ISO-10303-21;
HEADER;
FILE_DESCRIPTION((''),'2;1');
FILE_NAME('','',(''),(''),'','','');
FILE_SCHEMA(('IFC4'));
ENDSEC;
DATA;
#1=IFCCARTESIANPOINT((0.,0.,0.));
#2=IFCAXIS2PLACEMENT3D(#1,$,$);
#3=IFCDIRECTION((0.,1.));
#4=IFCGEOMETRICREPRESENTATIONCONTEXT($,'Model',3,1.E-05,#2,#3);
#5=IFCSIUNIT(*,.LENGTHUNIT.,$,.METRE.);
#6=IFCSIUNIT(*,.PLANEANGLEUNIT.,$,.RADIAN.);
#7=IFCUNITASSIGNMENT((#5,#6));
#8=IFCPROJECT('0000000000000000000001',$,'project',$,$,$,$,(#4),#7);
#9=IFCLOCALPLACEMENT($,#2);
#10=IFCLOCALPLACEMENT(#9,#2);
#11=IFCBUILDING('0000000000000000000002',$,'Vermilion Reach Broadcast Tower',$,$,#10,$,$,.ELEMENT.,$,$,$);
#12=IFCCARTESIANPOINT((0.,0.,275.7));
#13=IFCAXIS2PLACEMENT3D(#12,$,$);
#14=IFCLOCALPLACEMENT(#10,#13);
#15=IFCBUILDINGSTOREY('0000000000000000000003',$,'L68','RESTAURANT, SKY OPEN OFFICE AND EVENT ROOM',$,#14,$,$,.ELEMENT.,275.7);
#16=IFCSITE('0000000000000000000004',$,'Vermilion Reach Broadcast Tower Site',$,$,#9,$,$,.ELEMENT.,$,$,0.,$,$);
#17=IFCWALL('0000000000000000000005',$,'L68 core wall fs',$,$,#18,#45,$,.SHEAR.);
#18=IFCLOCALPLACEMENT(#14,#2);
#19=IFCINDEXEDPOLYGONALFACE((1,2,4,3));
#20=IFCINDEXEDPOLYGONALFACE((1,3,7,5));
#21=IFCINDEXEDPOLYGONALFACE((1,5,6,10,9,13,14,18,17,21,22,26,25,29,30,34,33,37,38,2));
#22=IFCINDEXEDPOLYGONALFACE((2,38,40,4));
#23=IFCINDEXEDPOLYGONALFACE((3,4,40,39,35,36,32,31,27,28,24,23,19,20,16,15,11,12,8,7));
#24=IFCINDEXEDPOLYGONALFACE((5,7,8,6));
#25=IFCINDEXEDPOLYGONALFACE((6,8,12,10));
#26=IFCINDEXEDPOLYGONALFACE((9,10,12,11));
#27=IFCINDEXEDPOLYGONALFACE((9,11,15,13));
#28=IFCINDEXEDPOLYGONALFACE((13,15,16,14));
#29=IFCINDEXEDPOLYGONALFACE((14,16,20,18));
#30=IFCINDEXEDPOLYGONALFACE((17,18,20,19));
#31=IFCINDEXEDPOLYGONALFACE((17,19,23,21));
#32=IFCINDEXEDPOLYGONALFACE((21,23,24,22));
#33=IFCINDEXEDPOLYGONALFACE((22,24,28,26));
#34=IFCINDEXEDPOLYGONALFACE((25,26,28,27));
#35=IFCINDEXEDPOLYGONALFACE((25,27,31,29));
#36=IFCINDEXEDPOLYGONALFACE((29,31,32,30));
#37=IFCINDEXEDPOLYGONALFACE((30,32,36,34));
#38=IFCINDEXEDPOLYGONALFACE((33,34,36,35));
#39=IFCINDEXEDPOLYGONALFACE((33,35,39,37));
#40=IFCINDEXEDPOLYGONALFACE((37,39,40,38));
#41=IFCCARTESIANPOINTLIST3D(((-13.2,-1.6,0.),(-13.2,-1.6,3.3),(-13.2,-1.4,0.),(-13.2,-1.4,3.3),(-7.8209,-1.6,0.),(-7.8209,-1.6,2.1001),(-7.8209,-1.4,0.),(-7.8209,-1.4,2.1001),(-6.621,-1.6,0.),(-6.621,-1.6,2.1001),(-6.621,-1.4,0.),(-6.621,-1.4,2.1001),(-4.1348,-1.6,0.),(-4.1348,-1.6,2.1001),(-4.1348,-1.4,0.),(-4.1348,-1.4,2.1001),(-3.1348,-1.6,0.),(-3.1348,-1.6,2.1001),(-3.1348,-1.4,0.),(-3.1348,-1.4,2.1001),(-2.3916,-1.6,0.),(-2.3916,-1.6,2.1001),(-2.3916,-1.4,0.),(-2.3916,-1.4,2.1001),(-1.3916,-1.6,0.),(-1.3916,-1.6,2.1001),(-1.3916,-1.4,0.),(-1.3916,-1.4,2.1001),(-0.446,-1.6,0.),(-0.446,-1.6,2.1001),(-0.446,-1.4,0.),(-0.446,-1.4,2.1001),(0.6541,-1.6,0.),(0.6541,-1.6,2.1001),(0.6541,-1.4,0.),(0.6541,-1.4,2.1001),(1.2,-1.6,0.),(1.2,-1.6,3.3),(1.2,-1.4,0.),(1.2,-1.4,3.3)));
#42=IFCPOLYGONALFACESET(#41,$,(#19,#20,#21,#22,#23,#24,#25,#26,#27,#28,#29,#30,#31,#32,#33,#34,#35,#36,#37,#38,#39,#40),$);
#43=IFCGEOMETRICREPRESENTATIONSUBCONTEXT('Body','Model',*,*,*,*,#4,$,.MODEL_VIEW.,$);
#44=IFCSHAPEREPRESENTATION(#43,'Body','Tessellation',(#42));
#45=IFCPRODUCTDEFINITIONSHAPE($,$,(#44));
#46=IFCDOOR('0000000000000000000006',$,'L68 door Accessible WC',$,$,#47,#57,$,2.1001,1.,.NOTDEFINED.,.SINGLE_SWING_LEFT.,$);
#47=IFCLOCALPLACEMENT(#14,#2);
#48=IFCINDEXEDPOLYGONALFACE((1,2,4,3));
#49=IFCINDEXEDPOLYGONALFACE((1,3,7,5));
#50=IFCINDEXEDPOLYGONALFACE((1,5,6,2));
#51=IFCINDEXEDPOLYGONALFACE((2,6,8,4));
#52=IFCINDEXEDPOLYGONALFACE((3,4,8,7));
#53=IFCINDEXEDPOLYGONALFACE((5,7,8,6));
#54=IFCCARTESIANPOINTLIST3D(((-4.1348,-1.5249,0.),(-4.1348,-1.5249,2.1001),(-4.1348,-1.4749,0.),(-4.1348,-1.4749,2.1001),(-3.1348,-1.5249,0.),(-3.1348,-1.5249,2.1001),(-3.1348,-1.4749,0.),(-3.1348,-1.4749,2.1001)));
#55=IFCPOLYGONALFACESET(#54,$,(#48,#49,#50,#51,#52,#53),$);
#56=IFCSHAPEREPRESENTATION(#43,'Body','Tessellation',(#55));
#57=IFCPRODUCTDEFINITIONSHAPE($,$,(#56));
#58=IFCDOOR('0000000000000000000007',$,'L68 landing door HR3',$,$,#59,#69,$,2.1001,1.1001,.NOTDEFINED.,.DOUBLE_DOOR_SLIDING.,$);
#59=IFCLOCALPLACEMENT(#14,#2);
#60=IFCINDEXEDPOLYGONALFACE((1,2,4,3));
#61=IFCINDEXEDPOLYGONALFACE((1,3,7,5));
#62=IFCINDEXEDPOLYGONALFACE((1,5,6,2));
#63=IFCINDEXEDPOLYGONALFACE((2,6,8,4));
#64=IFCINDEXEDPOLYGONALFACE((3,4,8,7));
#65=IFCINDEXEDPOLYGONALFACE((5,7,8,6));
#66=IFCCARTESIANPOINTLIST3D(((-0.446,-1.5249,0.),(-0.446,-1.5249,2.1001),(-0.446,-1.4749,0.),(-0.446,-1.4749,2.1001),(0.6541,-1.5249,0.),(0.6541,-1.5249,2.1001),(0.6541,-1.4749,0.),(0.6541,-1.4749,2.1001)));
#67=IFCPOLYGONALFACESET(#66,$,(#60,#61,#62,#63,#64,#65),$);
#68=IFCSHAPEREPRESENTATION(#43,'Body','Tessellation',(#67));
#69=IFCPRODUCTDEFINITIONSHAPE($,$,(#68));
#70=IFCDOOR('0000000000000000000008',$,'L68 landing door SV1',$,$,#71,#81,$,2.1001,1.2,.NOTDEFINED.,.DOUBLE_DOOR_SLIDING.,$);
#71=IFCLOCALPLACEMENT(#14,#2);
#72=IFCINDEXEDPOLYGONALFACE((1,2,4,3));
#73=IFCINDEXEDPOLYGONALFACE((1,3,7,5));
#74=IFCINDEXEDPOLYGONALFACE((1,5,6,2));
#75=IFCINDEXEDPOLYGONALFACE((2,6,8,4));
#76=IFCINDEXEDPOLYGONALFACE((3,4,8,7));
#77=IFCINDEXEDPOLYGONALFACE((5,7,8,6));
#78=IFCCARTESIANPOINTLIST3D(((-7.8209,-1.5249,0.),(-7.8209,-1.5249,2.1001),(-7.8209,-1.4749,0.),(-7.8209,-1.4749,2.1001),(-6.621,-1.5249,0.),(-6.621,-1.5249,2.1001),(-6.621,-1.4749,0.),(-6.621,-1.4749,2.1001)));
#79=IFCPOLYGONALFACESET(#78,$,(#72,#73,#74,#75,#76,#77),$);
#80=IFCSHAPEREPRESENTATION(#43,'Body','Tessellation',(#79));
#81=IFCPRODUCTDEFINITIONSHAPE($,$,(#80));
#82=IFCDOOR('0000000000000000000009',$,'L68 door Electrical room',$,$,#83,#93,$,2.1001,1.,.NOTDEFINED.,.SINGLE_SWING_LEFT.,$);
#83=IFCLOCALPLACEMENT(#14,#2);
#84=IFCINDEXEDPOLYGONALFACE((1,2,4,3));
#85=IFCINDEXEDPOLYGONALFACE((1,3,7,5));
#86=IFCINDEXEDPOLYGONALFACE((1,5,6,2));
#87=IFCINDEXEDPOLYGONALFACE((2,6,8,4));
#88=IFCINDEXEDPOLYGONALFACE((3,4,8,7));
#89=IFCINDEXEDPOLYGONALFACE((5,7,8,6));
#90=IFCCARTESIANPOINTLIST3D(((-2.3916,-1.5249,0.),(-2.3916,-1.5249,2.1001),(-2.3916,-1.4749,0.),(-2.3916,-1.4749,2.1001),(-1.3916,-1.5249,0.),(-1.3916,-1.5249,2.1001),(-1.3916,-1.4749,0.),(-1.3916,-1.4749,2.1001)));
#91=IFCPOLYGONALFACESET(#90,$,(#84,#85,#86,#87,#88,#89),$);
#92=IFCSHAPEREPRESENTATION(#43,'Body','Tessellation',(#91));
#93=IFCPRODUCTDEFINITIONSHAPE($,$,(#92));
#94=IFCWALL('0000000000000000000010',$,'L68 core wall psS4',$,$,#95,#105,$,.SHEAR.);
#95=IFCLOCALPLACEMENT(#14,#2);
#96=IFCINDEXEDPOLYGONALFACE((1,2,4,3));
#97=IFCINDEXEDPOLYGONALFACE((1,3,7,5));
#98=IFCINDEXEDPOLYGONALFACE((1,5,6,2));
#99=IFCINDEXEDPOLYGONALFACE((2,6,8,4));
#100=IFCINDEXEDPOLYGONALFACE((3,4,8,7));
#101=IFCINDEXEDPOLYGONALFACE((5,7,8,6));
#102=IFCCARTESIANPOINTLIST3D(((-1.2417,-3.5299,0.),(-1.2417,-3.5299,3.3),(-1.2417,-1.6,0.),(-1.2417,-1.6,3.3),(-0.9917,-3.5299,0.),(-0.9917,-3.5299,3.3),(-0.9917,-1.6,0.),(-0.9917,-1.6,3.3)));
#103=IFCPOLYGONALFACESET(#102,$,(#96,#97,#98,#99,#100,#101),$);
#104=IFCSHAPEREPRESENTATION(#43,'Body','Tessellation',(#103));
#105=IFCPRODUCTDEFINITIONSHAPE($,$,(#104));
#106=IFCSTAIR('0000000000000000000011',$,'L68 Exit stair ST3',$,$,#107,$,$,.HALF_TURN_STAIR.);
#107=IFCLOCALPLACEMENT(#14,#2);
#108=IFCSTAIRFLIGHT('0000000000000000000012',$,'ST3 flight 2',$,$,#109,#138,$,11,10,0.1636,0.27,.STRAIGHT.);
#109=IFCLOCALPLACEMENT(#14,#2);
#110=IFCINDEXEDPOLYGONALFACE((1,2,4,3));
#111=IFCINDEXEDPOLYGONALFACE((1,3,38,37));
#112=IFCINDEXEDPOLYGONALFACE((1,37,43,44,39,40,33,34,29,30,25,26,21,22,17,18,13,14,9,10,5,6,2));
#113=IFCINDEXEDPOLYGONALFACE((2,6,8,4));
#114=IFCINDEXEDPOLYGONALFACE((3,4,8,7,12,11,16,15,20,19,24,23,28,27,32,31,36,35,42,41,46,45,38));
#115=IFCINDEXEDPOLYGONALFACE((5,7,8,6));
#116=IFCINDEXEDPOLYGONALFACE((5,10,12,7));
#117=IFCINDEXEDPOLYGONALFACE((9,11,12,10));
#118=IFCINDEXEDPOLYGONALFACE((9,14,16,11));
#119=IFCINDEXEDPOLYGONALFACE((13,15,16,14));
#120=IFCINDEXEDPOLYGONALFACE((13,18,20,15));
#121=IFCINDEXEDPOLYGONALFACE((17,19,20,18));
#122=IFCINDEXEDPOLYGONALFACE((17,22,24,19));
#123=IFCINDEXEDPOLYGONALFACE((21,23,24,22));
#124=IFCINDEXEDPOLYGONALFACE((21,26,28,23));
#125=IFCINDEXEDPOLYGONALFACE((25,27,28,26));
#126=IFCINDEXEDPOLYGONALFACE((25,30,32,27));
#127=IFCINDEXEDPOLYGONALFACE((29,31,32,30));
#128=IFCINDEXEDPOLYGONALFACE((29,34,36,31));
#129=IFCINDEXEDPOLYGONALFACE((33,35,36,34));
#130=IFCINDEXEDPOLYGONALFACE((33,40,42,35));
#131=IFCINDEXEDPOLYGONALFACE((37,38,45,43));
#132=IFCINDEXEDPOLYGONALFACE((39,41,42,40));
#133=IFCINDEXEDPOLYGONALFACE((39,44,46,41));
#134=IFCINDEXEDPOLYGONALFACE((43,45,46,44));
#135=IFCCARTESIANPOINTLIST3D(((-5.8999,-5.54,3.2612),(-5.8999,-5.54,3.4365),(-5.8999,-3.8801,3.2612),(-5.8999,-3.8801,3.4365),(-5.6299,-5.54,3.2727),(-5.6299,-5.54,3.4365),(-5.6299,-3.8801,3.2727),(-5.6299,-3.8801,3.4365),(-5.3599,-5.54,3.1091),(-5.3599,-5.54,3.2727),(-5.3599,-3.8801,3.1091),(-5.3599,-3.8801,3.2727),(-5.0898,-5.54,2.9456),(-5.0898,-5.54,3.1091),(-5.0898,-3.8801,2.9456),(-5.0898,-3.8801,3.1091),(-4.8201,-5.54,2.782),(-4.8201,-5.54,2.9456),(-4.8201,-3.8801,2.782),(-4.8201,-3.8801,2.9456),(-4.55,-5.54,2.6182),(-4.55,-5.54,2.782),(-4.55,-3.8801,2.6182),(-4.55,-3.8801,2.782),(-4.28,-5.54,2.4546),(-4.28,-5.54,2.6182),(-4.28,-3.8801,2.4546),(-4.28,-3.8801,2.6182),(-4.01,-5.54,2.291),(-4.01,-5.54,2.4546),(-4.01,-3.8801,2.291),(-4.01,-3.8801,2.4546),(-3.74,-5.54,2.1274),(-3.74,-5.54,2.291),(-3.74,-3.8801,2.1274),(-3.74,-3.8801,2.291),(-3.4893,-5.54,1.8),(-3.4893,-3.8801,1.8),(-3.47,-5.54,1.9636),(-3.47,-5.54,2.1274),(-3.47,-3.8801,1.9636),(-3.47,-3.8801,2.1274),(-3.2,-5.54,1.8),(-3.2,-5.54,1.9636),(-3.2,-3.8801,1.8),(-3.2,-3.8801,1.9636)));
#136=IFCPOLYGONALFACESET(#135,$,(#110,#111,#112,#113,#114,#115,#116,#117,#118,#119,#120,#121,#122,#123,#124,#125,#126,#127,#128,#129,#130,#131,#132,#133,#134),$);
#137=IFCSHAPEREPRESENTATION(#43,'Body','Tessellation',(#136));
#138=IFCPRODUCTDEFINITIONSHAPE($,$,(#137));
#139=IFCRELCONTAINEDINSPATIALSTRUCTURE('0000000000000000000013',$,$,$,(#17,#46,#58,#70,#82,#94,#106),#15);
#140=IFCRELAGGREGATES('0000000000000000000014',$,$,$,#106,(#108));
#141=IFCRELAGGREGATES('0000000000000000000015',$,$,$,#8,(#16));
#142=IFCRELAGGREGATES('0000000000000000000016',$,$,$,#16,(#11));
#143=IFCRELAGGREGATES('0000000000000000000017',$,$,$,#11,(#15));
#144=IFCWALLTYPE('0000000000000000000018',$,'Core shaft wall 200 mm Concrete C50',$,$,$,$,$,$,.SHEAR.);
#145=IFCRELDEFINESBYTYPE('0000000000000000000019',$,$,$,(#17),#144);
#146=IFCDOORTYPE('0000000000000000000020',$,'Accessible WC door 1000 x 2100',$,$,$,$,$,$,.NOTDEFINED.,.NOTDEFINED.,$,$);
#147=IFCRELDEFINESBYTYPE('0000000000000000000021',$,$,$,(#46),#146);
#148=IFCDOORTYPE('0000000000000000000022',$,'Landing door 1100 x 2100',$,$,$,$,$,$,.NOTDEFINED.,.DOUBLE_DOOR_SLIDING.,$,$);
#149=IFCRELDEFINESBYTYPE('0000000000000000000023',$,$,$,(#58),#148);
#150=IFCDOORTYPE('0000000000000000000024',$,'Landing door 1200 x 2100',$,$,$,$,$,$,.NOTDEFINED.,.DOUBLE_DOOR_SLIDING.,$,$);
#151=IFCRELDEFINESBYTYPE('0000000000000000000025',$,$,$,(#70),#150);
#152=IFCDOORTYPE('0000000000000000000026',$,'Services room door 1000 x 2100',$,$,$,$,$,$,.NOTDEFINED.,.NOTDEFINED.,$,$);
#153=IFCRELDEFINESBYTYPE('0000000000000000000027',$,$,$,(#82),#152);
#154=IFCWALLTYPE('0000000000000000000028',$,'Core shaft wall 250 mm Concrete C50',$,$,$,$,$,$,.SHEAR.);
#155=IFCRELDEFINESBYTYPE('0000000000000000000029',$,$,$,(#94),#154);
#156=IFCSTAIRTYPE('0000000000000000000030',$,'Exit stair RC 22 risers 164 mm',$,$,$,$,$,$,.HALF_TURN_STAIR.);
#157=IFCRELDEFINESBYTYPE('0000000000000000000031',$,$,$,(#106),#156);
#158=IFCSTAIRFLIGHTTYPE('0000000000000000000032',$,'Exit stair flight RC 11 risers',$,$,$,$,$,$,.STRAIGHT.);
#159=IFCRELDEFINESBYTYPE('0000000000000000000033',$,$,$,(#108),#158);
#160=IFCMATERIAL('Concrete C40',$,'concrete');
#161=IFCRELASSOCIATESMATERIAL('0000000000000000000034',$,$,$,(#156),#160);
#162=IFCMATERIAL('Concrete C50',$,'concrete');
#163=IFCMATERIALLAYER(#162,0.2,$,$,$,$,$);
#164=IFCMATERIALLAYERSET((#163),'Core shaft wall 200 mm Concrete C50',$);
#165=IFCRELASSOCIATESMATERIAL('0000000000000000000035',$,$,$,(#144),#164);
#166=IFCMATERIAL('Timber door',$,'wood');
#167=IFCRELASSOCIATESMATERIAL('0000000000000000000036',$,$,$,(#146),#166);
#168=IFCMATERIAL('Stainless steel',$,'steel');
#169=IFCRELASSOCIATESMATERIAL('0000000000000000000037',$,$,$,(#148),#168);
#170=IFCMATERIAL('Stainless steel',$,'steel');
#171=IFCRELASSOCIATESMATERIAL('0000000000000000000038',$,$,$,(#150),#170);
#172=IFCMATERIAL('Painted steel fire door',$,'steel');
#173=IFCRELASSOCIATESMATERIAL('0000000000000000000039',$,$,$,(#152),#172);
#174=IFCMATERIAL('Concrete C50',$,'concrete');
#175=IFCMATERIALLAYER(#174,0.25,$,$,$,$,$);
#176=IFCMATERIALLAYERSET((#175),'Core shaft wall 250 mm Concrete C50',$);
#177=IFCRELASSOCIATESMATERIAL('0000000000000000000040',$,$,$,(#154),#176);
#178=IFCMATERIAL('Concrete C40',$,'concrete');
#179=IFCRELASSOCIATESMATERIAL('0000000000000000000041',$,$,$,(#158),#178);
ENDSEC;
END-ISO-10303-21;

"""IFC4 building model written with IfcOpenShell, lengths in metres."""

from ifc_helpers import new_model, si_unit, direction, frame, frame_2d, origin, place, context, subcontext, project, spatial, polyline, rectangle, outline, extrude, material, layer, layer_set, type_object, element, fill, aggregate, save


model = new_model("IFC4")

# Units and contexts
model_context = context("Model", 3, precision=1e-05, world=origin(), true_north=direction((0.0, 1.0)))
body_context = subcontext(model_context, "Body", "Model", "MODEL_VIEW")
ifc_project = project(units=[si_unit("LENGTHUNIT", "METRE"), si_unit("PLANEANGLEUNIT", "RADIAN")], contexts=[model_context])

# Site, building, storey
site_placement = place(None, origin())
site = spatial("IfcSite", under=ifc_project, at=site_placement, Name="Vermilion Reach Broadcast Tower Site", CompositionType="ELEMENT", RefElevation=0.0)
building_placement = place(site_placement, origin())
building = spatial("IfcBuilding", under=site, at=building_placement, Name="Vermilion Reach Broadcast Tower", CompositionType="ELEMENT")
storey_placement = place(building_placement, frame((0.0, 0.0, 275.7)))
storey = spatial("IfcBuildingStorey", under=building, at=storey_placement, Name="L68", Description="RESTAURANT, SKY OPEN OFFICE AND EVENT ROOM", CompositionType="ELEMENT", Elevation=275.7)

# Shared definitions
ifc_material_1 = material(Name="Concrete C40", Category="concrete")
stair_type = type_object("IfcStairType", Name="Exit stair RC 22 risers 164 mm", PredefinedType="HALF_TURN_STAIR", material=ifc_material_1)
placement_1 = place(storey_placement, origin())

# Wall, openings, doors
ifc_material_2 = material(Name="Concrete C50", Category="concrete")
ifc_layer_1 = layer(ifc_material_2, 0.2)
ifc_layer_set_1 = layer_set([ifc_layer_1], Name="Core shaft wall 200 mm Concrete C50")
wall_type_1 = type_object("IfcWallType", Name="Core shaft wall 200 mm Concrete C50", PredefinedType="SHEAR", material=ifc_layer_set_1)
wall_1_placement = place(storey_placement, frame((1.2, -1.5, 0.0), z_axis=(0.0, 0.0, 1.0), x_axis=(-1.0, 0.0, 0.0)))
wall_1 = element("IfcWall", 1, at=wall_1_placement, inside=storey, type_object=wall_type_1, Name="L68 core wall fs", PredefinedType="SHEAR", context=body_context, shape_type="SweptSolid", body=[
    extrude(rectangle(XDim=14.3999, YDim=0.2, at=frame_2d((7.2, 0.0))), origin(), (0.0, 0.0, 1.0), 3.3),
])
opening_1_placement = place(wall_1_placement, frame((7.8208, 0.0, 0.0)))
opening_1 = element("IfcOpeningElement", 2, at=opening_1_placement, cuts=wall_1, PredefinedType="OPENING", context=body_context, shape_type="SweptSolid", body=[
    extrude(rectangle(XDim=1.2, YDim=2.1001, at=frame_2d((0.6001, 1.05))), frame((0.0, 0.1099, 0.0), z_axis=(0.0, -1.0, 0.0), x_axis=(1.0, 0.0, 0.0)), (0.0, 0.0, 1.0), 0.22),
])
opening_2_placement = place(wall_1_placement, frame((0.5459, 0.0, 0.0)))
opening_2 = element("IfcOpeningElement", 3, at=opening_2_placement, cuts=wall_1, PredefinedType="OPENING", context=body_context, shape_type="SweptSolid", body=[
    extrude(rectangle(XDim=1.1001, YDim=2.1001, at=frame_2d((0.55, 1.05))), frame((0.0, 0.1099, 0.0), z_axis=(0.0, -1.0, 0.0), x_axis=(1.0, 0.0, 0.0)), (0.0, 0.0, 1.0), 0.22),
])
opening_3_placement = place(wall_1_placement, frame((4.3347, 0.0, 0.0)))
opening_3 = element("IfcOpeningElement", 4, at=opening_3_placement, cuts=wall_1, PredefinedType="OPENING", context=body_context, shape_type="SweptSolid", body=[
    extrude(rectangle(XDim=1.0, YDim=2.1001, at=frame_2d((0.5, 1.05))), frame((0.0, 0.1099, 0.0), z_axis=(0.0, -1.0, 0.0), x_axis=(1.0, 0.0, 0.0)), (0.0, 0.0, 1.0), 0.22),
])
opening_4_placement = place(wall_1_placement, frame((2.5916, 0.0, 0.0)))
opening_4 = element("IfcOpeningElement", 5, at=opening_4_placement, cuts=wall_1, PredefinedType="OPENING", context=body_context, shape_type="SweptSolid", body=[
    extrude(rectangle(XDim=1.0, YDim=2.1001, at=frame_2d((0.5, 1.05))), frame((0.0, 0.1099, 0.0), z_axis=(0.0, -1.0, 0.0), x_axis=(1.0, 0.0, 0.0)), (0.0, 0.0, 1.0), 0.22),
])
ifc_material_3 = material(Name="Timber door", Category="wood")
door_type_1 = type_object("IfcDoorType", Name="Accessible WC door 1000 x 2100", OperationType="NOTDEFINED", PredefinedType="NOTDEFINED", material=ifc_material_3)
door_1_placement = place(opening_3_placement, origin())
door_1 = element("IfcDoor", 6, at=door_1_placement, inside=storey, type_object=door_type_1, Name="L68 door Accessible WC", OperationType="SINGLE_SWING_LEFT", OverallHeight=2.1001, OverallWidth=1.0, PredefinedType="NOTDEFINED", context=body_context, shape_type="SweptSolid", body=[
    extrude(rectangle(XDim=1.0, YDim=2.1001, at=frame_2d((0.5, 1.05))), frame((0.0, 0.0249, 0.0), z_axis=(0.0, -1.0, 0.0), x_axis=(1.0, 0.0, 0.0)), (0.0, 0.0, 1.0), 0.05),
])
fill(opening_3, door_1)
ifc_material_4 = material(Name="Stainless steel", Category="steel")
door_type_2 = type_object("IfcDoorType", Name="Landing door 1100 x 2100", OperationType="DOUBLE_DOOR_SLIDING", PredefinedType="NOTDEFINED", material=ifc_material_4)
door_2_placement = place(opening_2_placement, origin())
door_2 = element("IfcDoor", 7, at=door_2_placement, inside=storey, type_object=door_type_2, Name="L68 landing door HR3", OperationType="DOUBLE_DOOR_SLIDING", OverallHeight=2.1001, OverallWidth=1.1001, PredefinedType="NOTDEFINED", context=body_context, shape_type="SweptSolid", body=[
    extrude(rectangle(XDim=1.1001, YDim=2.1001, at=frame_2d((0.55, 1.05))), frame((0.0, 0.0249, 0.0), z_axis=(0.0, -1.0, 0.0), x_axis=(1.0, 0.0, 0.0)), (0.0, 0.0, 1.0), 0.05),
])
fill(opening_2, door_2)
ifc_material_5 = material(Name="Stainless steel", Category="steel")
door_type_3 = type_object("IfcDoorType", Name="Landing door 1200 x 2100", OperationType="DOUBLE_DOOR_SLIDING", PredefinedType="NOTDEFINED", material=ifc_material_5)
door_3_placement = place(opening_1_placement, origin())
door_3 = element("IfcDoor", 8, at=door_3_placement, inside=storey, type_object=door_type_3, Name="L68 landing door SV1", OperationType="DOUBLE_DOOR_SLIDING", OverallHeight=2.1001, OverallWidth=1.2, PredefinedType="NOTDEFINED", context=body_context, shape_type="SweptSolid", body=[
    extrude(rectangle(XDim=1.2, YDim=2.1001, at=frame_2d((0.6001, 1.05))), frame((0.0, 0.0249, 0.0), z_axis=(0.0, -1.0, 0.0), x_axis=(1.0, 0.0, 0.0)), (0.0, 0.0, 1.0), 0.05),
])
fill(opening_1, door_3)
ifc_material_6 = material(Name="Painted steel fire door", Category="steel")
door_type_4 = type_object("IfcDoorType", Name="Services room door 1000 x 2100", OperationType="NOTDEFINED", PredefinedType="NOTDEFINED", material=ifc_material_6)
door_4_placement = place(opening_4_placement, origin())
door_4 = element("IfcDoor", 9, at=door_4_placement, inside=storey, type_object=door_type_4, Name="L68 door Electrical room", OperationType="SINGLE_SWING_LEFT", OverallHeight=2.1001, OverallWidth=1.0, PredefinedType="NOTDEFINED", context=body_context, shape_type="SweptSolid", body=[
    extrude(rectangle(XDim=1.0, YDim=2.1001, at=frame_2d((0.5, 1.05))), frame((0.0, 0.0249, 0.0), z_axis=(0.0, -1.0, 0.0), x_axis=(1.0, 0.0, 0.0)), (0.0, 0.0, 1.0), 0.05),
])
fill(opening_4, door_4)

# Wall
ifc_material_7 = material(Name="Concrete C50", Category="concrete")
ifc_layer_2 = layer(ifc_material_7, 0.25)
ifc_layer_set_2 = layer_set([ifc_layer_2], Name="Core shaft wall 250 mm Concrete C50")
wall_type_2 = type_object("IfcWallType", Name="Core shaft wall 250 mm Concrete C50", PredefinedType="SHEAR", material=ifc_layer_set_2)
wall_2_placement = place(storey_placement, frame((-1.1167, -1.6001, 0.0), z_axis=(0.0, 0.0, 1.0), x_axis=(0.0, -1.0, 0.0)))
element("IfcWall", 10, at=wall_2_placement, inside=storey, type_object=wall_type_2, Name="L68 core wall psS4", PredefinedType="SHEAR", context=body_context, shape_type="SweptSolid", body=[
    extrude(rectangle(XDim=1.9299, YDim=0.25, at=frame_2d((0.9648, 0.0))), origin(), (0.0, 0.0, 1.0), 3.3),
])

# Stair, stair flight
stair_1 = element("IfcStair", 11, at=placement_1, inside=storey, type_object=stair_type, Name="L68 Exit stair ST3", PredefinedType="HALF_TURN_STAIR")
ifc_material_8 = material(Name="Concrete C40", Category="concrete")
stair_flight_type = type_object("IfcStairFlightType", Name="Exit stair flight RC 11 risers", PredefinedType="STRAIGHT", material=ifc_material_8)
stair_flight_placement = place(storey_placement, frame((-3.2, -4.71, 1.8), z_axis=(0.0, 0.0, 1.0), x_axis=(-1.0, 0.0, 0.0)))
stair_flight = element("IfcStairFlight", 12, at=stair_flight_placement, type_object=stair_flight_type, Name="ST3 flight 2", NumberOfRisers=11, NumberOfTreads=10, PredefinedType="STRAIGHT", RiserHeight=0.1636, TreadLength=0.27, context=body_context, shape_type="SweptSolid", body=[
    extrude(outline(polyline([(0.0, 0.0), (0.0, 0.1636), (0.27, 0.1636), (0.27, 0.3274), (0.54, 0.3274), (0.54, 0.491), (0.8101, 0.491), (0.8101, 0.6545), (1.0801, 0.6545), (1.0801, 0.8181), (1.3501, 0.8181), (1.3501, 0.9819), (1.6201, 0.9819), (1.6201, 1.1455), (1.8899, 1.1455), (1.8899, 1.3091), (2.1599, 1.3091), (2.1599, 1.4727), (2.4299, 1.4727), (2.4299, 1.6365), (2.7, 1.6365), (2.7, 1.8), (2.7, 1.4612), (0.2893, 0.0), (0.0, 0.0)])), frame((0.0, 0.8301, 0.0), z_axis=(0.0, -1.0, 0.0), x_axis=(1.0, 0.0, 0.0)), (0.0, 0.0, 1.0), 1.6599),
])
aggregate(stair_1, [stair_flight])

save(model, "model.ifc")
